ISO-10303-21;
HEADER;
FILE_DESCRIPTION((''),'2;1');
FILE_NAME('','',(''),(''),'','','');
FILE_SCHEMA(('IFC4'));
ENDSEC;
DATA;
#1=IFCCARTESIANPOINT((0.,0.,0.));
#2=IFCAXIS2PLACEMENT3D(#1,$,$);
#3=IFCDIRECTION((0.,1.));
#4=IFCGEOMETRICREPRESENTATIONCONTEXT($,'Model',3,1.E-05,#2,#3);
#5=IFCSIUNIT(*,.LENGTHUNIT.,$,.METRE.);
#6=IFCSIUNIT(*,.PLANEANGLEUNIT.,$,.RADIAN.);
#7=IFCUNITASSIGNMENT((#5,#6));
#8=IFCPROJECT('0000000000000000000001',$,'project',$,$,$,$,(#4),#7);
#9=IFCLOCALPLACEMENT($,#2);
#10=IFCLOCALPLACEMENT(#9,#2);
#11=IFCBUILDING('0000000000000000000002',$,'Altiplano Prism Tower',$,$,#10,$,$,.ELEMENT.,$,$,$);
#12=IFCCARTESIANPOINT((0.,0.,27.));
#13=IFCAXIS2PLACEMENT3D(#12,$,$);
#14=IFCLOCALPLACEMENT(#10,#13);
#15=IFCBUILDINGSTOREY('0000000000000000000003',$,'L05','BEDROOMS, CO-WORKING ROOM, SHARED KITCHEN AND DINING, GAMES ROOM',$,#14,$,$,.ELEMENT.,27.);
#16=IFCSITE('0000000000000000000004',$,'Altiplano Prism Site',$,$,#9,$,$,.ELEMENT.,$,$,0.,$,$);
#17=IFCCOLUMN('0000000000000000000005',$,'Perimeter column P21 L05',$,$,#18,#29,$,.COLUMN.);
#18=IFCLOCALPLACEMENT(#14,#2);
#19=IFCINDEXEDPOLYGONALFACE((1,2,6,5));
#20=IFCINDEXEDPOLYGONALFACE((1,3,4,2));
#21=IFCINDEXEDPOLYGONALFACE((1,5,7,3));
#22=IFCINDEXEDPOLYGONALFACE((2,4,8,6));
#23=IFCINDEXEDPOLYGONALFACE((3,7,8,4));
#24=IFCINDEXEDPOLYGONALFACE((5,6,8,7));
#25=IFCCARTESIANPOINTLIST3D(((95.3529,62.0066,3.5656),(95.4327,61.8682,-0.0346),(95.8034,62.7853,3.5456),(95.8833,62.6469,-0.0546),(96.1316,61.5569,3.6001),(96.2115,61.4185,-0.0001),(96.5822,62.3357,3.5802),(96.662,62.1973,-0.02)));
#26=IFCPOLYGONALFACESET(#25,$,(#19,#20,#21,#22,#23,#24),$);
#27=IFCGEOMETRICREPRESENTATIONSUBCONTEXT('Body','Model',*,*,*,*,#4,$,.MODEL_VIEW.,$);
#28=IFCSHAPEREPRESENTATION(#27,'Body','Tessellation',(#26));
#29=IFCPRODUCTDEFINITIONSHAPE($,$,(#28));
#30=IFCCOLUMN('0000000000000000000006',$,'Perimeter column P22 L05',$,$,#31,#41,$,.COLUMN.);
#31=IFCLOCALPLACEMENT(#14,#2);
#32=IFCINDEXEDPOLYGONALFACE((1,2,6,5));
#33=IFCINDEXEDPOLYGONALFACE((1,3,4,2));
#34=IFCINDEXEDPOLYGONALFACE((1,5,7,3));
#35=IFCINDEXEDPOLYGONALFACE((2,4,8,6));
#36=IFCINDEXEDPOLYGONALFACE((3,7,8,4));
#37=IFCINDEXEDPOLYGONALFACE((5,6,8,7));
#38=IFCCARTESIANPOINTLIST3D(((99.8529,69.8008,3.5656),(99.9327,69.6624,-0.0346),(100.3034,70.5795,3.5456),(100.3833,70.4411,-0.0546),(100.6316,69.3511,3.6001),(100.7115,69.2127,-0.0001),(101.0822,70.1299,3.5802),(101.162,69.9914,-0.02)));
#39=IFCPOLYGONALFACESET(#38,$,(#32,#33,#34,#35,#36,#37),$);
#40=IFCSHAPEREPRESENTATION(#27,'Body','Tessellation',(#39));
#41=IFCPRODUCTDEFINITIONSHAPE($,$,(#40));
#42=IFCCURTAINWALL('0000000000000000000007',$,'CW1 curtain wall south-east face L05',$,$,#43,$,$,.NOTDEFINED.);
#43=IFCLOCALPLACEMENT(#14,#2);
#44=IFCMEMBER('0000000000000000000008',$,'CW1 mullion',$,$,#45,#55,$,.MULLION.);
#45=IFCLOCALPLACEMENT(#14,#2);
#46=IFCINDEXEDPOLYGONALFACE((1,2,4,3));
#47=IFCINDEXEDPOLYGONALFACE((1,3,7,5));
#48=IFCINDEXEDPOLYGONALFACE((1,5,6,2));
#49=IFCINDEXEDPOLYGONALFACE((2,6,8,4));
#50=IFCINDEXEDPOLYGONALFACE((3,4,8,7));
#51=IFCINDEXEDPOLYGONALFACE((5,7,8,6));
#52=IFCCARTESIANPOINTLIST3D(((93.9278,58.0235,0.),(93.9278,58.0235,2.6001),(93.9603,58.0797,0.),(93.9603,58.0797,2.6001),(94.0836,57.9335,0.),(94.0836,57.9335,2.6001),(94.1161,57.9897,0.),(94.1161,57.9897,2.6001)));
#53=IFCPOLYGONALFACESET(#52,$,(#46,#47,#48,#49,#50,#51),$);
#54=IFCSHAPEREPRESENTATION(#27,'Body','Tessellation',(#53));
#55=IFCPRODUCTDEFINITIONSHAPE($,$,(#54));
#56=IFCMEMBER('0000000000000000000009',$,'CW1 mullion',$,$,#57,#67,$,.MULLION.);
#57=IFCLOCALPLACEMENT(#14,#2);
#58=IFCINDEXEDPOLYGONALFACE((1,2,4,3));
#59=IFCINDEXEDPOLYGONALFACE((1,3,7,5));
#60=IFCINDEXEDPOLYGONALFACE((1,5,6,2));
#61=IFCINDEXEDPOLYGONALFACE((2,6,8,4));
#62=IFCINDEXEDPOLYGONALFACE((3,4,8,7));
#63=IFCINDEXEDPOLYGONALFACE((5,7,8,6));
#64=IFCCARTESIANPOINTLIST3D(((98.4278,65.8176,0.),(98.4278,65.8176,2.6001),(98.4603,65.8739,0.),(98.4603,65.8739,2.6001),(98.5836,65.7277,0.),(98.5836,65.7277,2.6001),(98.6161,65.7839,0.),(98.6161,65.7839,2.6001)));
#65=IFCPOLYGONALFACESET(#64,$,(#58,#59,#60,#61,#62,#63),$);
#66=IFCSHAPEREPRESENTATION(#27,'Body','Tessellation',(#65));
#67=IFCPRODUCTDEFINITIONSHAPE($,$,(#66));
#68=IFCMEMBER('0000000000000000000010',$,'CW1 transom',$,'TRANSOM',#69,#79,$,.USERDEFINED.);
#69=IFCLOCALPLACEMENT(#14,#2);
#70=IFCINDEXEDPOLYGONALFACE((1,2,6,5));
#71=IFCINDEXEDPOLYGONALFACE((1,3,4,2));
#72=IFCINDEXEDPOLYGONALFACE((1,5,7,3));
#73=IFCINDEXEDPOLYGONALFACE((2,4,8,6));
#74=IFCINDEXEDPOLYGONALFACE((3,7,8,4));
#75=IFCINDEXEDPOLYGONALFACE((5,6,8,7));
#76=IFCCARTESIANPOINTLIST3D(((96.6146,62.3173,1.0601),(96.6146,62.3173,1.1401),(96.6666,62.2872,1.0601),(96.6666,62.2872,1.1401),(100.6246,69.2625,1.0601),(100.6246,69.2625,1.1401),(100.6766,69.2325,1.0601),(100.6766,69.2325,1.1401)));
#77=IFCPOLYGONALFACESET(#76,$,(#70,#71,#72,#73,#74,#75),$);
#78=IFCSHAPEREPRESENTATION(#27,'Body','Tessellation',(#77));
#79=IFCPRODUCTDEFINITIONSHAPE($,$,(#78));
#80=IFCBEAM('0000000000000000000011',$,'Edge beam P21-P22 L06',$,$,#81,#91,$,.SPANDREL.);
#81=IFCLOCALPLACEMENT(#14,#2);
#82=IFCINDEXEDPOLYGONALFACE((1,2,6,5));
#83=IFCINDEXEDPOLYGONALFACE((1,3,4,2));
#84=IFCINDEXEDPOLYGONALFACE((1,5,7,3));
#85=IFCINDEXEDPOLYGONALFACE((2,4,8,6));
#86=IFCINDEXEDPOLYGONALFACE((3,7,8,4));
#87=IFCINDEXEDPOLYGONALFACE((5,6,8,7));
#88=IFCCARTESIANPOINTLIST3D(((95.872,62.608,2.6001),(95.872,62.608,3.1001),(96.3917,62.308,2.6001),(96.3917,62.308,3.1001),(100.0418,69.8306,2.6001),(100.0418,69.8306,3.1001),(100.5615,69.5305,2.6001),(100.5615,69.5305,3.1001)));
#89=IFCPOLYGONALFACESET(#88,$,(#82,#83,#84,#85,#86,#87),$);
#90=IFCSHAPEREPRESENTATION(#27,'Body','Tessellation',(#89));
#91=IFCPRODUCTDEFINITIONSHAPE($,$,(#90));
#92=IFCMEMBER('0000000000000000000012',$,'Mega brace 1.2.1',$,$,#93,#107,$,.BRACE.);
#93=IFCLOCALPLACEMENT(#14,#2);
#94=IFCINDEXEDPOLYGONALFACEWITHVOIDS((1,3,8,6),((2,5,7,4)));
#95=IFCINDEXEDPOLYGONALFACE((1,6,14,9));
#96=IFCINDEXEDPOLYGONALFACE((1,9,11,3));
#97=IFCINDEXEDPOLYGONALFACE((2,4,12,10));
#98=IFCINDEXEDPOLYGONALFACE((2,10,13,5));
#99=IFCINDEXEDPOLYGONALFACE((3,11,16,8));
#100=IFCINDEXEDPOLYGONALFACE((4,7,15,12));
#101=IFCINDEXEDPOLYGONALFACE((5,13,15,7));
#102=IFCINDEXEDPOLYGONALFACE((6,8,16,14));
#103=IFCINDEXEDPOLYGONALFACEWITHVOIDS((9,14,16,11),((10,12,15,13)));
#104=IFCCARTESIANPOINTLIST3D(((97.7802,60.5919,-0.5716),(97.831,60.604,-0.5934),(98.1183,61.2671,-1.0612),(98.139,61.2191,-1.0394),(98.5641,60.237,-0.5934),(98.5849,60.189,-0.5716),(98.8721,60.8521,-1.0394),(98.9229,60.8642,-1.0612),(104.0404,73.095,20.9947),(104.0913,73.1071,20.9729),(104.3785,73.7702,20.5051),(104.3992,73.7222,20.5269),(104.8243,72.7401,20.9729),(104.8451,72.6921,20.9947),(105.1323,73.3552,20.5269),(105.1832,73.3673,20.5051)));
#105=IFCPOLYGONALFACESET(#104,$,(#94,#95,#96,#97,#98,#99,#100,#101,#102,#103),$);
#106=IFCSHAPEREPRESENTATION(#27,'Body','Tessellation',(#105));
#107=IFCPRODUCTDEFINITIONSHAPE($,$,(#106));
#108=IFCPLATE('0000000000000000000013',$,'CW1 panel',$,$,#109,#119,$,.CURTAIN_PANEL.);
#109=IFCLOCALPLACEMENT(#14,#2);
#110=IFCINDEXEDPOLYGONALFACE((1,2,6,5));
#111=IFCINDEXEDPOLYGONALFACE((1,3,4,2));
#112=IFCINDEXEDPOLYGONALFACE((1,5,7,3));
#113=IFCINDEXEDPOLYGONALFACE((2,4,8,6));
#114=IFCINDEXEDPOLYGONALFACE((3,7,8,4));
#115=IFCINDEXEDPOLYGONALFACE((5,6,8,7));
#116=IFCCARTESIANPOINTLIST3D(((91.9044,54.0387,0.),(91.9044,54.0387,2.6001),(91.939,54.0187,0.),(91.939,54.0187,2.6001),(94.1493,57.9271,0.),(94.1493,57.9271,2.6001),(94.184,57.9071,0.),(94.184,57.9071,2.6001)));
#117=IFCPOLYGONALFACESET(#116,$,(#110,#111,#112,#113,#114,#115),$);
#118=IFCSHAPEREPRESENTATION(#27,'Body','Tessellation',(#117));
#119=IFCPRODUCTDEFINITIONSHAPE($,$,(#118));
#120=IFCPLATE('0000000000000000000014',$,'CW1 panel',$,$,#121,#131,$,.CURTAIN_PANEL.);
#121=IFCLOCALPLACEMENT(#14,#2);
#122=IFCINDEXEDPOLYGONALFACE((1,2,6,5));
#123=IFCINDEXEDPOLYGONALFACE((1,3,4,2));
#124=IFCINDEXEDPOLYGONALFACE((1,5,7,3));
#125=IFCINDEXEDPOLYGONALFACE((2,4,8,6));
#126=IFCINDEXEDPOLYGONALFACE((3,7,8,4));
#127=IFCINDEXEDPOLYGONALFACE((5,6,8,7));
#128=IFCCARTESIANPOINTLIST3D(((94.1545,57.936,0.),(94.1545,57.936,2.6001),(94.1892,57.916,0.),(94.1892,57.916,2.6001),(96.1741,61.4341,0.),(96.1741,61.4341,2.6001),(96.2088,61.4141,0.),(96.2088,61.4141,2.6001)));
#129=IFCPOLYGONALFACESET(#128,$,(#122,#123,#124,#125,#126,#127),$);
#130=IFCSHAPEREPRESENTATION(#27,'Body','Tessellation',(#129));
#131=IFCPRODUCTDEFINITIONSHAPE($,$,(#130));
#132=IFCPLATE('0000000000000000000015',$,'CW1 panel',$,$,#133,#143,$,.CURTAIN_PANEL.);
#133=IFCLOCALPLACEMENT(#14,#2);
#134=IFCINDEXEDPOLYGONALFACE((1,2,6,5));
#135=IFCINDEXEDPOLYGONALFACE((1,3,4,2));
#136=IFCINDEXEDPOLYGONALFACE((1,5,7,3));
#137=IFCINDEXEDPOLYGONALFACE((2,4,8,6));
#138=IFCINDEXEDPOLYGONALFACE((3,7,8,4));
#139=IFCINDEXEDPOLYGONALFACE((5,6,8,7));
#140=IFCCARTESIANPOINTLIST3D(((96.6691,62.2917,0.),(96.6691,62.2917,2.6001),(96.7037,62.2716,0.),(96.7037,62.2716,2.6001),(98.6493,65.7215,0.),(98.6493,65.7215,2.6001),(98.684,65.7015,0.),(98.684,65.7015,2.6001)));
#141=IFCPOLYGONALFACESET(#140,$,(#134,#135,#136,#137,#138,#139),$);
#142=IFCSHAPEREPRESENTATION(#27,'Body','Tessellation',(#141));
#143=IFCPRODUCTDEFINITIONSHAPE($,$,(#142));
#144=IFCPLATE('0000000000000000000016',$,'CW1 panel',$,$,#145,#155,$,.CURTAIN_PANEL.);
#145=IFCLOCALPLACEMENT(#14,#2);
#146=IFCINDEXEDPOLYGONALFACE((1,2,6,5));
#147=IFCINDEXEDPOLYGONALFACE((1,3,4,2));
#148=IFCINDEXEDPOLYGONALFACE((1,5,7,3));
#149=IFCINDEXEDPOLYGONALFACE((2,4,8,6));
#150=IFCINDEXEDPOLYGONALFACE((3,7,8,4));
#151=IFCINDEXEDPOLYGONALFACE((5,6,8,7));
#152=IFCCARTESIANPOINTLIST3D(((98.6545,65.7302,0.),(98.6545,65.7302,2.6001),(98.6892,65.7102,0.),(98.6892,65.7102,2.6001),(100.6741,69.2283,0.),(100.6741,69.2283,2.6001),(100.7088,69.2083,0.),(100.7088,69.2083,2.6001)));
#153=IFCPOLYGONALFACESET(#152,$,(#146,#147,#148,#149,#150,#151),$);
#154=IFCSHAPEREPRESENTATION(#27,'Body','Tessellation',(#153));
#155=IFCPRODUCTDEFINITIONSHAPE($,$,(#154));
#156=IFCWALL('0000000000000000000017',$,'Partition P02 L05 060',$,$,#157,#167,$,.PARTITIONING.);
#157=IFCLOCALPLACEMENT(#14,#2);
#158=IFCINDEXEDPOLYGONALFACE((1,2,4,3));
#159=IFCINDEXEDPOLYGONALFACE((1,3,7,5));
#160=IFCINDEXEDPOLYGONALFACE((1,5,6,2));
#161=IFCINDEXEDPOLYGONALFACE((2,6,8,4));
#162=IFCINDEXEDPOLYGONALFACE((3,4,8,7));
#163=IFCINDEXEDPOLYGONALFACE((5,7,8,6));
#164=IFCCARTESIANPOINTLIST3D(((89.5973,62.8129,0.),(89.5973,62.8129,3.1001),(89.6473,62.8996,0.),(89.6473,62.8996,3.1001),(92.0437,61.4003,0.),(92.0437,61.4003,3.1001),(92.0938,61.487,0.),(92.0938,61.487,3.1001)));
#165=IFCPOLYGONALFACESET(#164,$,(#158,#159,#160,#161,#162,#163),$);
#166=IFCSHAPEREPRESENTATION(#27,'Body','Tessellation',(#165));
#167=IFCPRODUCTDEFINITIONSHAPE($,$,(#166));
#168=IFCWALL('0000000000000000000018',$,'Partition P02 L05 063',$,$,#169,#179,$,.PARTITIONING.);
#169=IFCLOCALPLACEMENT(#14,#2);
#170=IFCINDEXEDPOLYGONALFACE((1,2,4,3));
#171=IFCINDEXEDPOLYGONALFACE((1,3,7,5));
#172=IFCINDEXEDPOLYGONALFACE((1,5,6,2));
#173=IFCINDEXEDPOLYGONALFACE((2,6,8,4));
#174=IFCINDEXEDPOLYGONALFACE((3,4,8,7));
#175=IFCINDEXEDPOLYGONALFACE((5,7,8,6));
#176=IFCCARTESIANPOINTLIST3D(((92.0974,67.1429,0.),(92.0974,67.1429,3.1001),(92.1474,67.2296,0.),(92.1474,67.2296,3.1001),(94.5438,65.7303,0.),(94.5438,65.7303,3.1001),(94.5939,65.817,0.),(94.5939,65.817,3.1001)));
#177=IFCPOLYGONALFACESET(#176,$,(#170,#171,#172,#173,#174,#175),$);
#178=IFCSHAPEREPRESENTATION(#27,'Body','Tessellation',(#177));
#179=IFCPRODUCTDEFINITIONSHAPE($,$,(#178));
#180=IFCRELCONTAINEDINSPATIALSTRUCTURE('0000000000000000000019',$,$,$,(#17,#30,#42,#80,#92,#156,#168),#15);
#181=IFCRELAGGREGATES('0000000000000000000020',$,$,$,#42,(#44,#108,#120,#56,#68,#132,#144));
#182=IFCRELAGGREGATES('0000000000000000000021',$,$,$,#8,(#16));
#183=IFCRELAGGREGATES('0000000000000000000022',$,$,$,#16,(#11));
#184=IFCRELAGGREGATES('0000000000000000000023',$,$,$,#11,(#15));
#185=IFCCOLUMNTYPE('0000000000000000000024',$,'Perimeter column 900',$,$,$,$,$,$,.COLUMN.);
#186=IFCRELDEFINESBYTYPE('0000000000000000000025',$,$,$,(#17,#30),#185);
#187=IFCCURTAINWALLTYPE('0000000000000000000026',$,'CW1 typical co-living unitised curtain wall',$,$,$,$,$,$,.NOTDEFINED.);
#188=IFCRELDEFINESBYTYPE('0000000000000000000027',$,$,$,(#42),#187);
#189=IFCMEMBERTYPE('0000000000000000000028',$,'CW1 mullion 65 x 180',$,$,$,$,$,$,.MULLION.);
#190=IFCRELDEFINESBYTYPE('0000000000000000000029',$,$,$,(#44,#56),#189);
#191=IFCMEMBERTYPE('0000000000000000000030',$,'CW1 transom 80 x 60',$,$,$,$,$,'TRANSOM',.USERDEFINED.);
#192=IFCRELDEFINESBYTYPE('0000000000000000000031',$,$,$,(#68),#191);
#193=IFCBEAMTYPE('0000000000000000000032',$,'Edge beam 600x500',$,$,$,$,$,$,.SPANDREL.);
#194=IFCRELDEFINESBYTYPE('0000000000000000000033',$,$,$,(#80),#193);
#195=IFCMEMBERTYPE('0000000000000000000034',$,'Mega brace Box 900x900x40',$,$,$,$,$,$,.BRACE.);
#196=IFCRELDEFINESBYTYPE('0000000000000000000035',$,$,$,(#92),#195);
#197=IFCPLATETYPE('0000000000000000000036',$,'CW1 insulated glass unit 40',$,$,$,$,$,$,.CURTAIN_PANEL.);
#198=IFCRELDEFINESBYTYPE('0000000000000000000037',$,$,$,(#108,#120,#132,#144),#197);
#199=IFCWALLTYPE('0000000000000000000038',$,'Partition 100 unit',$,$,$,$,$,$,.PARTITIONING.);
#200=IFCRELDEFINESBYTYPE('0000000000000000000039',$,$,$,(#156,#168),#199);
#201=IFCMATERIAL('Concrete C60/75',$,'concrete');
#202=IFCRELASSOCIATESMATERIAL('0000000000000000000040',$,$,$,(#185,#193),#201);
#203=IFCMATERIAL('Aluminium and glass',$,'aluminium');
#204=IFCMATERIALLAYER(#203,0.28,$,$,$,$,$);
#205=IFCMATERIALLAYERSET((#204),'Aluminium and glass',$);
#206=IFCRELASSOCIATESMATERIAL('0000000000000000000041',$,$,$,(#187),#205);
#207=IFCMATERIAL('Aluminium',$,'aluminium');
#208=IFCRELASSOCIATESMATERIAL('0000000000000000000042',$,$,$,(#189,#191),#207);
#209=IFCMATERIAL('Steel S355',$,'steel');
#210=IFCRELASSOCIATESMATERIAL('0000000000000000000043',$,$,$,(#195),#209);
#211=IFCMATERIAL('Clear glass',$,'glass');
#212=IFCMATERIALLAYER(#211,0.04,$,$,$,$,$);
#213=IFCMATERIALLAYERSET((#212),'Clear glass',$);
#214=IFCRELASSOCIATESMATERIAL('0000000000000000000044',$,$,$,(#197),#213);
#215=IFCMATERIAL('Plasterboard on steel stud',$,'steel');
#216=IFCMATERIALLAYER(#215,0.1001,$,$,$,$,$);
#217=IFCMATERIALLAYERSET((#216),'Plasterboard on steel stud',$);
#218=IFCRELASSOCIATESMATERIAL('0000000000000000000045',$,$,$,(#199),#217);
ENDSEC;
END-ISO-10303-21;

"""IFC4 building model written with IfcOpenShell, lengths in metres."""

from ifc_helpers import new_model, si_unit, direction, frame, frame_2d, origin, origin_2d, place, context, subcontext, project, spatial, rectangle, hollow_rectangle, extrude, material, layer, layer_set, material_profile, profile_set, type_object, element, aggregate, save


model = new_model("IFC4")

# Units and contexts
model_context = context("Model", 3, precision=1e-05, world=origin(), true_north=direction((0.0, 1.0)))
body_context = subcontext(model_context, "Body", "Model", "MODEL_VIEW")
ifc_project = project(units=[si_unit("LENGTHUNIT", "METRE"), si_unit("PLANEANGLEUNIT", "RADIAN")], contexts=[model_context])

# Site, building, storey
site_placement = place(None, origin())
site = spatial("IfcSite", under=ifc_project, at=site_placement, Name="Altiplano Prism Site", CompositionType="ELEMENT", RefElevation=0.0)
building_placement = place(site_placement, origin())
building = spatial("IfcBuilding", under=site, at=building_placement, Name="Altiplano Prism Tower", CompositionType="ELEMENT")
storey_placement = place(building_placement, frame((0.0, 0.0, 27.0)))
storey = spatial("IfcBuildingStorey", under=building, at=storey_placement, Name="L05", Description="BEDROOMS, CO-WORKING ROOM, SHARED KITCHEN AND DINING, GAMES ROOM", CompositionType="ELEMENT", Elevation=27.0)

# Columns
ifc_material_1 = material(Name="Concrete C60/75", Category="concrete")
ifc_material_profile_1 = material_profile(ifc_material_1, rectangle(XDim=0.8999, YDim=0.8999, at=origin_2d()), Name="Perimeter column 900")
ifc_profile_set_1 = profile_set([ifc_material_profile_1], Name="Concrete C60/75")
column_type = type_object("IfcColumnType", Name="Perimeter column 900", PredefinedType="COLUMN", material=ifc_profile_set_1)
for number, where, z_axis, x_axis, name in (
    (1, (96.0474, 62.0327, -0.0273), (-0.022154, 0.038413, 0.999016), (-0.500653, -0.865364, 0.022172), "Perimeter column P21 L05"),
    (2, (100.5474, 69.8269, -0.0273), (-0.022154, 0.038413, 0.999016), (-0.500653, -0.865364, 0.022172), "Perimeter column P22 L05"),
):
    element("IfcColumn", number, at=place(storey_placement, frame(where, z_axis=z_axis, x_axis=x_axis)), inside=storey, type_object=column_type, Name=name, PredefinedType="COLUMN", context=body_context, shape_type="SweptSolid", body=[
        extrude(rectangle(XDim=0.8999, YDim=0.8999, at=origin_2d()), origin(), (0.0, 0.0, 1.0), 3.6038),
    ])

# Curtain wall, members
ifc_material_2 = material(Name="Aluminium and glass", Category="aluminium")
ifc_layer_1 = layer(ifc_material_2, 0.28)
ifc_layer_set_1 = layer_set([ifc_layer_1], Name="Aluminium and glass")
curtain_wall_type = type_object("IfcCurtainWallType", Name="CW1 typical co-living unitised curtain wall", PredefinedType="NOTDEFINED", material=ifc_layer_set_1)
curtain_wall_placement = place(storey_placement, origin())
curtain_wall = element("IfcCurtainWall", 3, at=curtain_wall_placement, inside=storey, type_object=curtain_wall_type, Name="CW1 curtain wall south-east face L05", PredefinedType="NOTDEFINED")
ifc_material_3 = material(Name="Aluminium", Category="aluminium")
ifc_material_profile_2 = material_profile(ifc_material_3, rectangle(XDim=0.1799, YDim=0.0649, at=origin_2d()), Name="CW1 mullion 65 x 180")
ifc_profile_set_2 = profile_set([ifc_material_profile_2], Name="Aluminium")
member_type_1 = type_object("IfcMemberType", Name="CW1 mullion 65 x 180", PredefinedType="MULLION", material=ifc_profile_set_2)
member_1_placement = place(storey_placement, frame((94.022, 58.0066, 0.0), z_axis=(0.0, 0.0, 1.0), x_axis=(-0.866025, 0.5, 0.0)))
member_1 = element("IfcMember", 4, at=member_1_placement, type_object=member_type_1, Name="CW1 mullion", PredefinedType="MULLION", context=body_context, shape_type="SweptSolid", body=[
    extrude(rectangle(XDim=0.1799, YDim=0.0649, at=origin_2d()), origin(), (0.0, 0.0, 1.0), 2.6001),
])
member_2_placement = place(storey_placement, frame((98.522, 65.8008, 0.0), z_axis=(0.0, 0.0, 1.0), x_axis=(-0.866025, 0.5, 0.0)))
member_2 = element("IfcMember", 5, at=member_2_placement, type_object=member_type_1, Name="CW1 mullion", PredefinedType="MULLION", context=body_context, shape_type="SweptSolid", body=[
    extrude(rectangle(XDim=0.1799, YDim=0.0649, at=origin_2d()), origin(), (0.0, 0.0, 1.0), 2.6001),
])
ifc_material_profile_3 = material_profile(ifc_material_3, rectangle(XDim=0.0601, YDim=0.0801, at=origin_2d()), Name="CW1 transom 80 x 60")
ifc_profile_set_3 = profile_set([ifc_material_profile_3], Name="Aluminium")
member_type_2 = type_object("IfcMemberType", Name="CW1 transom 80 x 60", ElementType="TRANSOM", PredefinedType="USERDEFINED", material=ifc_profile_set_3)
member_3_placement = place(storey_placement, frame((96.6406, 62.3022, 1.1001), z_axis=(0.500012, 0.866018, 0.0), x_axis=(-0.866018, 0.500012, 0.0)))
member_3 = element("IfcMember", 6, at=member_3_placement, type_object=member_type_2, Name="CW1 transom", ObjectType="TRANSOM", PredefinedType="USERDEFINED", context=body_context, shape_type="SweptSolid", body=[
    extrude(rectangle(XDim=0.0601, YDim=0.0801, at=origin_2d()), origin(), (0.0, 0.0, 1.0), 8.0198),
])

# Beam
ifc_material_profile_4 = material_profile(ifc_material_1, rectangle(XDim=0.6001, YDim=0.5, at=origin_2d()), Name="Edge beam 600x500")
ifc_profile_set_4 = profile_set([ifc_material_profile_4], Name="Concrete C60/75")
beam_type = type_object("IfcBeamType", Name="Edge beam 600x500", PredefinedType="SPANDREL", material=ifc_profile_set_4)
beam_placement = place(storey_placement, frame((96.1318, 62.458, 2.8501), z_axis=(0.499993, 0.86603, 0.0), x_axis=(-0.86603, 0.499993, 0.0)))
element("IfcBeam", 7, at=beam_placement, inside=storey, type_object=beam_type, Name="Edge beam P21-P22 L06", PredefinedType="SPANDREL", context=body_context, shape_type="SweptSolid", body=[
    extrude(rectangle(XDim=0.6001, YDim=0.5, at=origin_2d()), origin(), (0.0, 0.0, 1.0), 8.3398),
])

# Member
ifc_material_4 = material(Name="Steel S355", Category="steel")
ifc_material_profile_5 = material_profile(ifc_material_4, hollow_rectangle(XDim=0.8999, YDim=0.8999, WallThickness=0.04, at=origin_2d()), Name="Mega brace Box 900x900x40")
ifc_profile_set_5 = profile_set([ifc_material_profile_5], Name="Steel S355")
member_type_3 = type_object("IfcMemberType", Name="Mega brace Box 900x900x40", PredefinedType="BRACE", material=ifc_profile_set_5)
member_4_placement = place(storey_placement, frame((98.3516, 60.728, -0.8164), z_axis=(0.243564, 0.486453, 0.839071), x_axis=(-0.894179, 0.447709, 0.0)))
element("IfcMember", 8, at=member_4_placement, inside=storey, type_object=member_type_3, Name="Mega brace 1.2.1", PredefinedType="BRACE", context=body_context, shape_type="SweptSolid", body=[
    extrude(hollow_rectangle(XDim=0.8999, YDim=0.8999, WallThickness=0.04, at=origin_2d()), origin(), (0.0, 0.0, 1.0), 25.7026),
])

# Plates
ifc_material_5 = material(Name="Clear glass", Category="glass")
ifc_layer_2 = layer(ifc_material_5, 0.04)
ifc_layer_set_2 = layer_set([ifc_layer_2], Name="Clear glass")
plate_type = type_object("IfcPlateType", Name="CW1 insulated glass unit 40", PredefinedType="CURTAIN_PANEL", material=ifc_layer_set_2)
plate_1_placement = place(storey_placement, frame((93.0442, 55.9729, 0.0), z_axis=(0.0, 0.0, 1.0), x_axis=(0.5, 0.866025, 0.0)))
plate_1 = element("IfcPlate", 9, at=plate_1_placement, type_object=plate_type, Name="CW1 panel", PredefinedType="CURTAIN_PANEL", context=body_context, shape_type="SweptSolid", body=[
    extrude(rectangle(XDim=4.49, YDim=0.04, at=origin_2d()), origin(), (0.0, 0.0, 1.0), 2.6001),
])
plate_2_placement = place(storey_placement, frame((95.1816, 59.675, 0.0), z_axis=(0.0, 0.0, 1.0), x_axis=(0.5, 0.866025, 0.0)))
plate_2 = element("IfcPlate", 10, at=plate_2_placement, type_object=plate_type, Name="CW1 panel", PredefinedType="CURTAIN_PANEL", context=body_context, shape_type="SweptSolid", body=[
    extrude(rectangle(XDim=4.0393, YDim=0.04, at=origin_2d()), origin(), (0.0, 0.0, 1.0), 2.6001),
])
plate_3_placement = place(storey_placement, frame((97.6765, 63.9966, 0.0), z_axis=(0.0, 0.0, 1.0), x_axis=(0.5, 0.866025, 0.0)))
plate_3 = element("IfcPlate", 11, at=plate_3_placement, type_object=plate_type, Name="CW1 panel", PredefinedType="CURTAIN_PANEL", context=body_context, shape_type="SweptSolid", body=[
    extrude(rectangle(XDim=3.9604, YDim=0.04, at=origin_2d()), origin(), (0.0, 0.0, 1.0), 2.6001),
])
plate_4_placement = place(storey_placement, frame((99.6816, 67.4692, 0.0), z_axis=(0.0, 0.0, 1.0), x_axis=(0.5, 0.866025, 0.0)))
plate_4 = element("IfcPlate", 12, at=plate_4_placement, type_object=plate_type, Name="CW1 panel", PredefinedType="CURTAIN_PANEL", context=body_context, shape_type="SweptSolid", body=[
    extrude(rectangle(XDim=4.0393, YDim=0.04, at=origin_2d()), origin(), (0.0, 0.0, 1.0), 2.6001),
])
aggregate(curtain_wall, [member_1, plate_1, plate_2, member_2, member_3, plate_3, plate_4])

# Walls
ifc_material_6 = material(Name="Plasterboard on steel stud", Category="steel")
ifc_layer_3 = layer(ifc_material_6, 0.1001)
ifc_layer_set_3 = layer_set([ifc_layer_3], Name="Plasterboard on steel stud")
wall_type_1 = type_object("IfcWallType", Name="Partition 100 unit", PredefinedType="PARTITIONING", material=ifc_layer_set_3)
for number, where, z_axis, x_axis, name in (
    (13, (92.0688, 61.4436, 0.0), (0.0, 0.0, 1.0), (-0.866011, 0.500024, 0.0), "Partition P02 L05 060"),
    (14, (92.1223, 67.1863, 0.0), (0.0, 0.0, 1.0), (0.866011, -0.500024, 0.0), "Partition P02 L05 063"),
):
    element("IfcWall", number, at=place(storey_placement, frame(where, z_axis=z_axis, x_axis=x_axis)), inside=storey, type_object=wall_type_1, Name=name, PredefinedType="PARTITIONING", context=body_context, shape_type="SweptSolid", body=[
        extrude(rectangle(XDim=2.825, YDim=0.1001, at=frame_2d((1.4126, 0.0))), origin(), (0.0, 0.0, 1.0), 3.1001),
    ])

save(model, "model.ifc")
